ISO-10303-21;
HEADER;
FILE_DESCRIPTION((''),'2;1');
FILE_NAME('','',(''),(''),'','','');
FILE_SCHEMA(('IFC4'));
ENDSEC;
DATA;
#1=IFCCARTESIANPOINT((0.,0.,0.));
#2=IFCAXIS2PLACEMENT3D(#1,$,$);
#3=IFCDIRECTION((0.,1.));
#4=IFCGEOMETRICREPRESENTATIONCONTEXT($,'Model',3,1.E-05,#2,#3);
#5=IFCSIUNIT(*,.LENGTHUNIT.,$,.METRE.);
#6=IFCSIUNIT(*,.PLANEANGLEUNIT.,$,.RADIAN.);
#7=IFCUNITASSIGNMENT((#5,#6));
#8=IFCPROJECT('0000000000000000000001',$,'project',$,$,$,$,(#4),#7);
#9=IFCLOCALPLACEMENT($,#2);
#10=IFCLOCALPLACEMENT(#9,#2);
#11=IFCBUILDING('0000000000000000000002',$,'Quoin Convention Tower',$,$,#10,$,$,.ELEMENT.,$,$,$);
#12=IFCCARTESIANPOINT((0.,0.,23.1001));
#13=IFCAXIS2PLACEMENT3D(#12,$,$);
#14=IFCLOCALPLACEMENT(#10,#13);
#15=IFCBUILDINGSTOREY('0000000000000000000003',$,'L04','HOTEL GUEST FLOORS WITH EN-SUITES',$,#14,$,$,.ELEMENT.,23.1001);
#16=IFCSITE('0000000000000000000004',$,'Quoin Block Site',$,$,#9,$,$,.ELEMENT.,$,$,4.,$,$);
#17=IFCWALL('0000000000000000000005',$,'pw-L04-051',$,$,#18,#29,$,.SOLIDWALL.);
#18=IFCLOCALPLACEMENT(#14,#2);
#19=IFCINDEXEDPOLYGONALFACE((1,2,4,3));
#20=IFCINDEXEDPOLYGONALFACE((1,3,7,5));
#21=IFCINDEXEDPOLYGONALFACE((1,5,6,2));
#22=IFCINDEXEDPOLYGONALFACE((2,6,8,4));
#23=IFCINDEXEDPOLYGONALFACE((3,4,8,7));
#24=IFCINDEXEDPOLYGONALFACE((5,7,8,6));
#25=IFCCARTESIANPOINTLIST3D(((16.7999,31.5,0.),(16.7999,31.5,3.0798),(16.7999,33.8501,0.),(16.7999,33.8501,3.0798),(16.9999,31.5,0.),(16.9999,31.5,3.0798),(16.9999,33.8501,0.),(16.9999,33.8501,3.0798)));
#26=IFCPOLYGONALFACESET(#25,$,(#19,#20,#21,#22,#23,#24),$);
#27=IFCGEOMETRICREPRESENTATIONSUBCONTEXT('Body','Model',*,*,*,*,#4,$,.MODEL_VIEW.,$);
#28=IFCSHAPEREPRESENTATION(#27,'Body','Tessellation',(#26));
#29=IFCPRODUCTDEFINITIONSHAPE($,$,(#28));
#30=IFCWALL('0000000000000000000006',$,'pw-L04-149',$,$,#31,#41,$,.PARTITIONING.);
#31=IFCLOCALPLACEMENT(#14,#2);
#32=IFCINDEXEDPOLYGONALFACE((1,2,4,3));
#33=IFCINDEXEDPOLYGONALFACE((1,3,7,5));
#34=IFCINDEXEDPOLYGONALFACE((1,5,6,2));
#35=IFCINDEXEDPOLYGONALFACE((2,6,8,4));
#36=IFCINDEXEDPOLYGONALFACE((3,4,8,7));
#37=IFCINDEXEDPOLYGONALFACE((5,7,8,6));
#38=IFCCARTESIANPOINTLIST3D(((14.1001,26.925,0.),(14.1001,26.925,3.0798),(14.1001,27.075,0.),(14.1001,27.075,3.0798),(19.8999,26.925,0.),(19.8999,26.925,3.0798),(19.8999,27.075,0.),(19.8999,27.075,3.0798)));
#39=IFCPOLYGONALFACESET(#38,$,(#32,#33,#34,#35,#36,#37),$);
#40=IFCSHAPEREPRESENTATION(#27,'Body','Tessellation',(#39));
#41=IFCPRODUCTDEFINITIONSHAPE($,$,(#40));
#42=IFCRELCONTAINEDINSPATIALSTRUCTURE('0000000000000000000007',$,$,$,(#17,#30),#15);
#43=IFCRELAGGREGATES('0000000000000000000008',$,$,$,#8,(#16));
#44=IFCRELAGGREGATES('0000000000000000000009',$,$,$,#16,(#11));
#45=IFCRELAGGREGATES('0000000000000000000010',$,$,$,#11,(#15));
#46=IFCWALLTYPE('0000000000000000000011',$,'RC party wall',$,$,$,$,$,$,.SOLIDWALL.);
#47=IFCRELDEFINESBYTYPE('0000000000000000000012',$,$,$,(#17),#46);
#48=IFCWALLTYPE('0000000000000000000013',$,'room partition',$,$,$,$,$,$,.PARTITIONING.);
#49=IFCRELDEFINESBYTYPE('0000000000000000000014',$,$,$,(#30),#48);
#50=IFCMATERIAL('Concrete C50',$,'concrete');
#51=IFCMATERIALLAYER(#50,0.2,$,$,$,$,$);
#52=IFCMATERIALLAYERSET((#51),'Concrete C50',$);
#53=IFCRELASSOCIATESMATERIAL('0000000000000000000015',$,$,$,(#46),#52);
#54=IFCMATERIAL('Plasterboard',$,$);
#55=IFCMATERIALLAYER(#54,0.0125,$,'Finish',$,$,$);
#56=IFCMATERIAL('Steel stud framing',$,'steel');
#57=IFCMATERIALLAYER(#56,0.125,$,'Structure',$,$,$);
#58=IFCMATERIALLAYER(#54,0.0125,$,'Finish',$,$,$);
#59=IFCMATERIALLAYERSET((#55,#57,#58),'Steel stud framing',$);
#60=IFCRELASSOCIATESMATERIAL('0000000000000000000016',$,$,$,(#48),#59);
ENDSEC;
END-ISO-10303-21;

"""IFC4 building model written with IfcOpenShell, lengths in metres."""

from ifc_helpers import new_model, si_unit, direction, frame, frame_2d, origin, place, context, subcontext, project, spatial, rectangle, extrude, material, layer, layer_set, type_object, element, save


model = new_model("IFC4")

# Units and contexts
model_context = context("Model", 3, precision=1e-05, world=origin(), true_north=direction((0.0, 1.0)))
body_context = subcontext(model_context, "Body", "Model", "MODEL_VIEW")
ifc_project = project(units=[si_unit("LENGTHUNIT", "METRE"), si_unit("PLANEANGLEUNIT", "RADIAN")], contexts=[model_context])

# Site, building, storey
site_placement = place(None, origin())
site = spatial("IfcSite", under=ifc_project, at=site_placement, Name="Quoin Block Site", CompositionType="ELEMENT", RefElevation=4.0)
building_placement = place(site_placement, origin())
building = spatial("IfcBuilding", under=site, at=building_placement, Name="Quoin Convention Tower", CompositionType="ELEMENT")
storey_placement = place(building_placement, frame((0.0, 0.0, 23.1001)))
storey = spatial("IfcBuildingStorey", under=building, at=storey_placement, Name="L04", Description="HOTEL GUEST FLOORS WITH EN-SUITES", CompositionType="ELEMENT", Elevation=23.1001)

# Wall
ifc_material_1 = material(Name="Concrete C50", Category="concrete")
ifc_layer_1 = layer(ifc_material_1, 0.2)
ifc_layer_set_1 = layer_set([ifc_layer_1], Name="Concrete C50")
wall_type_1 = type_object("IfcWallType", Name="RC party wall", PredefinedType="SOLIDWALL", material=ifc_layer_set_1)
wall_1_placement = place(storey_placement, frame((16.8999, 31.5, 0.0), z_axis=(0.0, 0.0, 1.0), x_axis=(0.0, 1.0, 0.0)))
element("IfcWall", 1, at=wall_1_placement, inside=storey, type_object=wall_type_1, Name="pw-L04-051", PredefinedType="SOLIDWALL", context=body_context, shape_type="SweptSolid", body=[
    extrude(rectangle(XDim=2.3501, YDim=0.2, at=frame_2d((1.175, 0.0))), origin(), (0.0, 0.0, 1.0), 3.0798),
])

# Shared definitions
ifc_material_2 = material(Name="Plasterboard")
ifc_material_3 = material(Name="Steel stud framing", Category="steel")

# Wall
ifc_layer_2 = layer(ifc_material_2, 0.0125, Name="Finish")
ifc_layer_3 = layer(ifc_material_3, 0.125, Name="Structure")
ifc_layer_4 = layer(ifc_material_2, 0.0125, Name="Finish")
ifc_layer_set_2 = layer_set([ifc_layer_2, ifc_layer_3, ifc_layer_4], Name="Steel stud framing")
wall_type_2 = type_object("IfcWallType", Name="room partition", PredefinedType="PARTITIONING", material=ifc_layer_set_2)
wall_2_placement = place(storey_placement, frame((14.1001, 27.0, 0.0), z_axis=(0.0, 0.0, 1.0), x_axis=(1.0, 0.0, 0.0)))
element("IfcWall", 2, at=wall_2_placement, inside=storey, type_object=wall_type_2, Name="pw-L04-149", PredefinedType="PARTITIONING", context=body_context, shape_type="SweptSolid", body=[
    extrude(rectangle(XDim=5.7998, YDim=0.1499, at=frame_2d((2.8999, 0.0))), origin(), (0.0, 0.0, 1.0), 3.0798),
])

save(model, "model.ifc")
